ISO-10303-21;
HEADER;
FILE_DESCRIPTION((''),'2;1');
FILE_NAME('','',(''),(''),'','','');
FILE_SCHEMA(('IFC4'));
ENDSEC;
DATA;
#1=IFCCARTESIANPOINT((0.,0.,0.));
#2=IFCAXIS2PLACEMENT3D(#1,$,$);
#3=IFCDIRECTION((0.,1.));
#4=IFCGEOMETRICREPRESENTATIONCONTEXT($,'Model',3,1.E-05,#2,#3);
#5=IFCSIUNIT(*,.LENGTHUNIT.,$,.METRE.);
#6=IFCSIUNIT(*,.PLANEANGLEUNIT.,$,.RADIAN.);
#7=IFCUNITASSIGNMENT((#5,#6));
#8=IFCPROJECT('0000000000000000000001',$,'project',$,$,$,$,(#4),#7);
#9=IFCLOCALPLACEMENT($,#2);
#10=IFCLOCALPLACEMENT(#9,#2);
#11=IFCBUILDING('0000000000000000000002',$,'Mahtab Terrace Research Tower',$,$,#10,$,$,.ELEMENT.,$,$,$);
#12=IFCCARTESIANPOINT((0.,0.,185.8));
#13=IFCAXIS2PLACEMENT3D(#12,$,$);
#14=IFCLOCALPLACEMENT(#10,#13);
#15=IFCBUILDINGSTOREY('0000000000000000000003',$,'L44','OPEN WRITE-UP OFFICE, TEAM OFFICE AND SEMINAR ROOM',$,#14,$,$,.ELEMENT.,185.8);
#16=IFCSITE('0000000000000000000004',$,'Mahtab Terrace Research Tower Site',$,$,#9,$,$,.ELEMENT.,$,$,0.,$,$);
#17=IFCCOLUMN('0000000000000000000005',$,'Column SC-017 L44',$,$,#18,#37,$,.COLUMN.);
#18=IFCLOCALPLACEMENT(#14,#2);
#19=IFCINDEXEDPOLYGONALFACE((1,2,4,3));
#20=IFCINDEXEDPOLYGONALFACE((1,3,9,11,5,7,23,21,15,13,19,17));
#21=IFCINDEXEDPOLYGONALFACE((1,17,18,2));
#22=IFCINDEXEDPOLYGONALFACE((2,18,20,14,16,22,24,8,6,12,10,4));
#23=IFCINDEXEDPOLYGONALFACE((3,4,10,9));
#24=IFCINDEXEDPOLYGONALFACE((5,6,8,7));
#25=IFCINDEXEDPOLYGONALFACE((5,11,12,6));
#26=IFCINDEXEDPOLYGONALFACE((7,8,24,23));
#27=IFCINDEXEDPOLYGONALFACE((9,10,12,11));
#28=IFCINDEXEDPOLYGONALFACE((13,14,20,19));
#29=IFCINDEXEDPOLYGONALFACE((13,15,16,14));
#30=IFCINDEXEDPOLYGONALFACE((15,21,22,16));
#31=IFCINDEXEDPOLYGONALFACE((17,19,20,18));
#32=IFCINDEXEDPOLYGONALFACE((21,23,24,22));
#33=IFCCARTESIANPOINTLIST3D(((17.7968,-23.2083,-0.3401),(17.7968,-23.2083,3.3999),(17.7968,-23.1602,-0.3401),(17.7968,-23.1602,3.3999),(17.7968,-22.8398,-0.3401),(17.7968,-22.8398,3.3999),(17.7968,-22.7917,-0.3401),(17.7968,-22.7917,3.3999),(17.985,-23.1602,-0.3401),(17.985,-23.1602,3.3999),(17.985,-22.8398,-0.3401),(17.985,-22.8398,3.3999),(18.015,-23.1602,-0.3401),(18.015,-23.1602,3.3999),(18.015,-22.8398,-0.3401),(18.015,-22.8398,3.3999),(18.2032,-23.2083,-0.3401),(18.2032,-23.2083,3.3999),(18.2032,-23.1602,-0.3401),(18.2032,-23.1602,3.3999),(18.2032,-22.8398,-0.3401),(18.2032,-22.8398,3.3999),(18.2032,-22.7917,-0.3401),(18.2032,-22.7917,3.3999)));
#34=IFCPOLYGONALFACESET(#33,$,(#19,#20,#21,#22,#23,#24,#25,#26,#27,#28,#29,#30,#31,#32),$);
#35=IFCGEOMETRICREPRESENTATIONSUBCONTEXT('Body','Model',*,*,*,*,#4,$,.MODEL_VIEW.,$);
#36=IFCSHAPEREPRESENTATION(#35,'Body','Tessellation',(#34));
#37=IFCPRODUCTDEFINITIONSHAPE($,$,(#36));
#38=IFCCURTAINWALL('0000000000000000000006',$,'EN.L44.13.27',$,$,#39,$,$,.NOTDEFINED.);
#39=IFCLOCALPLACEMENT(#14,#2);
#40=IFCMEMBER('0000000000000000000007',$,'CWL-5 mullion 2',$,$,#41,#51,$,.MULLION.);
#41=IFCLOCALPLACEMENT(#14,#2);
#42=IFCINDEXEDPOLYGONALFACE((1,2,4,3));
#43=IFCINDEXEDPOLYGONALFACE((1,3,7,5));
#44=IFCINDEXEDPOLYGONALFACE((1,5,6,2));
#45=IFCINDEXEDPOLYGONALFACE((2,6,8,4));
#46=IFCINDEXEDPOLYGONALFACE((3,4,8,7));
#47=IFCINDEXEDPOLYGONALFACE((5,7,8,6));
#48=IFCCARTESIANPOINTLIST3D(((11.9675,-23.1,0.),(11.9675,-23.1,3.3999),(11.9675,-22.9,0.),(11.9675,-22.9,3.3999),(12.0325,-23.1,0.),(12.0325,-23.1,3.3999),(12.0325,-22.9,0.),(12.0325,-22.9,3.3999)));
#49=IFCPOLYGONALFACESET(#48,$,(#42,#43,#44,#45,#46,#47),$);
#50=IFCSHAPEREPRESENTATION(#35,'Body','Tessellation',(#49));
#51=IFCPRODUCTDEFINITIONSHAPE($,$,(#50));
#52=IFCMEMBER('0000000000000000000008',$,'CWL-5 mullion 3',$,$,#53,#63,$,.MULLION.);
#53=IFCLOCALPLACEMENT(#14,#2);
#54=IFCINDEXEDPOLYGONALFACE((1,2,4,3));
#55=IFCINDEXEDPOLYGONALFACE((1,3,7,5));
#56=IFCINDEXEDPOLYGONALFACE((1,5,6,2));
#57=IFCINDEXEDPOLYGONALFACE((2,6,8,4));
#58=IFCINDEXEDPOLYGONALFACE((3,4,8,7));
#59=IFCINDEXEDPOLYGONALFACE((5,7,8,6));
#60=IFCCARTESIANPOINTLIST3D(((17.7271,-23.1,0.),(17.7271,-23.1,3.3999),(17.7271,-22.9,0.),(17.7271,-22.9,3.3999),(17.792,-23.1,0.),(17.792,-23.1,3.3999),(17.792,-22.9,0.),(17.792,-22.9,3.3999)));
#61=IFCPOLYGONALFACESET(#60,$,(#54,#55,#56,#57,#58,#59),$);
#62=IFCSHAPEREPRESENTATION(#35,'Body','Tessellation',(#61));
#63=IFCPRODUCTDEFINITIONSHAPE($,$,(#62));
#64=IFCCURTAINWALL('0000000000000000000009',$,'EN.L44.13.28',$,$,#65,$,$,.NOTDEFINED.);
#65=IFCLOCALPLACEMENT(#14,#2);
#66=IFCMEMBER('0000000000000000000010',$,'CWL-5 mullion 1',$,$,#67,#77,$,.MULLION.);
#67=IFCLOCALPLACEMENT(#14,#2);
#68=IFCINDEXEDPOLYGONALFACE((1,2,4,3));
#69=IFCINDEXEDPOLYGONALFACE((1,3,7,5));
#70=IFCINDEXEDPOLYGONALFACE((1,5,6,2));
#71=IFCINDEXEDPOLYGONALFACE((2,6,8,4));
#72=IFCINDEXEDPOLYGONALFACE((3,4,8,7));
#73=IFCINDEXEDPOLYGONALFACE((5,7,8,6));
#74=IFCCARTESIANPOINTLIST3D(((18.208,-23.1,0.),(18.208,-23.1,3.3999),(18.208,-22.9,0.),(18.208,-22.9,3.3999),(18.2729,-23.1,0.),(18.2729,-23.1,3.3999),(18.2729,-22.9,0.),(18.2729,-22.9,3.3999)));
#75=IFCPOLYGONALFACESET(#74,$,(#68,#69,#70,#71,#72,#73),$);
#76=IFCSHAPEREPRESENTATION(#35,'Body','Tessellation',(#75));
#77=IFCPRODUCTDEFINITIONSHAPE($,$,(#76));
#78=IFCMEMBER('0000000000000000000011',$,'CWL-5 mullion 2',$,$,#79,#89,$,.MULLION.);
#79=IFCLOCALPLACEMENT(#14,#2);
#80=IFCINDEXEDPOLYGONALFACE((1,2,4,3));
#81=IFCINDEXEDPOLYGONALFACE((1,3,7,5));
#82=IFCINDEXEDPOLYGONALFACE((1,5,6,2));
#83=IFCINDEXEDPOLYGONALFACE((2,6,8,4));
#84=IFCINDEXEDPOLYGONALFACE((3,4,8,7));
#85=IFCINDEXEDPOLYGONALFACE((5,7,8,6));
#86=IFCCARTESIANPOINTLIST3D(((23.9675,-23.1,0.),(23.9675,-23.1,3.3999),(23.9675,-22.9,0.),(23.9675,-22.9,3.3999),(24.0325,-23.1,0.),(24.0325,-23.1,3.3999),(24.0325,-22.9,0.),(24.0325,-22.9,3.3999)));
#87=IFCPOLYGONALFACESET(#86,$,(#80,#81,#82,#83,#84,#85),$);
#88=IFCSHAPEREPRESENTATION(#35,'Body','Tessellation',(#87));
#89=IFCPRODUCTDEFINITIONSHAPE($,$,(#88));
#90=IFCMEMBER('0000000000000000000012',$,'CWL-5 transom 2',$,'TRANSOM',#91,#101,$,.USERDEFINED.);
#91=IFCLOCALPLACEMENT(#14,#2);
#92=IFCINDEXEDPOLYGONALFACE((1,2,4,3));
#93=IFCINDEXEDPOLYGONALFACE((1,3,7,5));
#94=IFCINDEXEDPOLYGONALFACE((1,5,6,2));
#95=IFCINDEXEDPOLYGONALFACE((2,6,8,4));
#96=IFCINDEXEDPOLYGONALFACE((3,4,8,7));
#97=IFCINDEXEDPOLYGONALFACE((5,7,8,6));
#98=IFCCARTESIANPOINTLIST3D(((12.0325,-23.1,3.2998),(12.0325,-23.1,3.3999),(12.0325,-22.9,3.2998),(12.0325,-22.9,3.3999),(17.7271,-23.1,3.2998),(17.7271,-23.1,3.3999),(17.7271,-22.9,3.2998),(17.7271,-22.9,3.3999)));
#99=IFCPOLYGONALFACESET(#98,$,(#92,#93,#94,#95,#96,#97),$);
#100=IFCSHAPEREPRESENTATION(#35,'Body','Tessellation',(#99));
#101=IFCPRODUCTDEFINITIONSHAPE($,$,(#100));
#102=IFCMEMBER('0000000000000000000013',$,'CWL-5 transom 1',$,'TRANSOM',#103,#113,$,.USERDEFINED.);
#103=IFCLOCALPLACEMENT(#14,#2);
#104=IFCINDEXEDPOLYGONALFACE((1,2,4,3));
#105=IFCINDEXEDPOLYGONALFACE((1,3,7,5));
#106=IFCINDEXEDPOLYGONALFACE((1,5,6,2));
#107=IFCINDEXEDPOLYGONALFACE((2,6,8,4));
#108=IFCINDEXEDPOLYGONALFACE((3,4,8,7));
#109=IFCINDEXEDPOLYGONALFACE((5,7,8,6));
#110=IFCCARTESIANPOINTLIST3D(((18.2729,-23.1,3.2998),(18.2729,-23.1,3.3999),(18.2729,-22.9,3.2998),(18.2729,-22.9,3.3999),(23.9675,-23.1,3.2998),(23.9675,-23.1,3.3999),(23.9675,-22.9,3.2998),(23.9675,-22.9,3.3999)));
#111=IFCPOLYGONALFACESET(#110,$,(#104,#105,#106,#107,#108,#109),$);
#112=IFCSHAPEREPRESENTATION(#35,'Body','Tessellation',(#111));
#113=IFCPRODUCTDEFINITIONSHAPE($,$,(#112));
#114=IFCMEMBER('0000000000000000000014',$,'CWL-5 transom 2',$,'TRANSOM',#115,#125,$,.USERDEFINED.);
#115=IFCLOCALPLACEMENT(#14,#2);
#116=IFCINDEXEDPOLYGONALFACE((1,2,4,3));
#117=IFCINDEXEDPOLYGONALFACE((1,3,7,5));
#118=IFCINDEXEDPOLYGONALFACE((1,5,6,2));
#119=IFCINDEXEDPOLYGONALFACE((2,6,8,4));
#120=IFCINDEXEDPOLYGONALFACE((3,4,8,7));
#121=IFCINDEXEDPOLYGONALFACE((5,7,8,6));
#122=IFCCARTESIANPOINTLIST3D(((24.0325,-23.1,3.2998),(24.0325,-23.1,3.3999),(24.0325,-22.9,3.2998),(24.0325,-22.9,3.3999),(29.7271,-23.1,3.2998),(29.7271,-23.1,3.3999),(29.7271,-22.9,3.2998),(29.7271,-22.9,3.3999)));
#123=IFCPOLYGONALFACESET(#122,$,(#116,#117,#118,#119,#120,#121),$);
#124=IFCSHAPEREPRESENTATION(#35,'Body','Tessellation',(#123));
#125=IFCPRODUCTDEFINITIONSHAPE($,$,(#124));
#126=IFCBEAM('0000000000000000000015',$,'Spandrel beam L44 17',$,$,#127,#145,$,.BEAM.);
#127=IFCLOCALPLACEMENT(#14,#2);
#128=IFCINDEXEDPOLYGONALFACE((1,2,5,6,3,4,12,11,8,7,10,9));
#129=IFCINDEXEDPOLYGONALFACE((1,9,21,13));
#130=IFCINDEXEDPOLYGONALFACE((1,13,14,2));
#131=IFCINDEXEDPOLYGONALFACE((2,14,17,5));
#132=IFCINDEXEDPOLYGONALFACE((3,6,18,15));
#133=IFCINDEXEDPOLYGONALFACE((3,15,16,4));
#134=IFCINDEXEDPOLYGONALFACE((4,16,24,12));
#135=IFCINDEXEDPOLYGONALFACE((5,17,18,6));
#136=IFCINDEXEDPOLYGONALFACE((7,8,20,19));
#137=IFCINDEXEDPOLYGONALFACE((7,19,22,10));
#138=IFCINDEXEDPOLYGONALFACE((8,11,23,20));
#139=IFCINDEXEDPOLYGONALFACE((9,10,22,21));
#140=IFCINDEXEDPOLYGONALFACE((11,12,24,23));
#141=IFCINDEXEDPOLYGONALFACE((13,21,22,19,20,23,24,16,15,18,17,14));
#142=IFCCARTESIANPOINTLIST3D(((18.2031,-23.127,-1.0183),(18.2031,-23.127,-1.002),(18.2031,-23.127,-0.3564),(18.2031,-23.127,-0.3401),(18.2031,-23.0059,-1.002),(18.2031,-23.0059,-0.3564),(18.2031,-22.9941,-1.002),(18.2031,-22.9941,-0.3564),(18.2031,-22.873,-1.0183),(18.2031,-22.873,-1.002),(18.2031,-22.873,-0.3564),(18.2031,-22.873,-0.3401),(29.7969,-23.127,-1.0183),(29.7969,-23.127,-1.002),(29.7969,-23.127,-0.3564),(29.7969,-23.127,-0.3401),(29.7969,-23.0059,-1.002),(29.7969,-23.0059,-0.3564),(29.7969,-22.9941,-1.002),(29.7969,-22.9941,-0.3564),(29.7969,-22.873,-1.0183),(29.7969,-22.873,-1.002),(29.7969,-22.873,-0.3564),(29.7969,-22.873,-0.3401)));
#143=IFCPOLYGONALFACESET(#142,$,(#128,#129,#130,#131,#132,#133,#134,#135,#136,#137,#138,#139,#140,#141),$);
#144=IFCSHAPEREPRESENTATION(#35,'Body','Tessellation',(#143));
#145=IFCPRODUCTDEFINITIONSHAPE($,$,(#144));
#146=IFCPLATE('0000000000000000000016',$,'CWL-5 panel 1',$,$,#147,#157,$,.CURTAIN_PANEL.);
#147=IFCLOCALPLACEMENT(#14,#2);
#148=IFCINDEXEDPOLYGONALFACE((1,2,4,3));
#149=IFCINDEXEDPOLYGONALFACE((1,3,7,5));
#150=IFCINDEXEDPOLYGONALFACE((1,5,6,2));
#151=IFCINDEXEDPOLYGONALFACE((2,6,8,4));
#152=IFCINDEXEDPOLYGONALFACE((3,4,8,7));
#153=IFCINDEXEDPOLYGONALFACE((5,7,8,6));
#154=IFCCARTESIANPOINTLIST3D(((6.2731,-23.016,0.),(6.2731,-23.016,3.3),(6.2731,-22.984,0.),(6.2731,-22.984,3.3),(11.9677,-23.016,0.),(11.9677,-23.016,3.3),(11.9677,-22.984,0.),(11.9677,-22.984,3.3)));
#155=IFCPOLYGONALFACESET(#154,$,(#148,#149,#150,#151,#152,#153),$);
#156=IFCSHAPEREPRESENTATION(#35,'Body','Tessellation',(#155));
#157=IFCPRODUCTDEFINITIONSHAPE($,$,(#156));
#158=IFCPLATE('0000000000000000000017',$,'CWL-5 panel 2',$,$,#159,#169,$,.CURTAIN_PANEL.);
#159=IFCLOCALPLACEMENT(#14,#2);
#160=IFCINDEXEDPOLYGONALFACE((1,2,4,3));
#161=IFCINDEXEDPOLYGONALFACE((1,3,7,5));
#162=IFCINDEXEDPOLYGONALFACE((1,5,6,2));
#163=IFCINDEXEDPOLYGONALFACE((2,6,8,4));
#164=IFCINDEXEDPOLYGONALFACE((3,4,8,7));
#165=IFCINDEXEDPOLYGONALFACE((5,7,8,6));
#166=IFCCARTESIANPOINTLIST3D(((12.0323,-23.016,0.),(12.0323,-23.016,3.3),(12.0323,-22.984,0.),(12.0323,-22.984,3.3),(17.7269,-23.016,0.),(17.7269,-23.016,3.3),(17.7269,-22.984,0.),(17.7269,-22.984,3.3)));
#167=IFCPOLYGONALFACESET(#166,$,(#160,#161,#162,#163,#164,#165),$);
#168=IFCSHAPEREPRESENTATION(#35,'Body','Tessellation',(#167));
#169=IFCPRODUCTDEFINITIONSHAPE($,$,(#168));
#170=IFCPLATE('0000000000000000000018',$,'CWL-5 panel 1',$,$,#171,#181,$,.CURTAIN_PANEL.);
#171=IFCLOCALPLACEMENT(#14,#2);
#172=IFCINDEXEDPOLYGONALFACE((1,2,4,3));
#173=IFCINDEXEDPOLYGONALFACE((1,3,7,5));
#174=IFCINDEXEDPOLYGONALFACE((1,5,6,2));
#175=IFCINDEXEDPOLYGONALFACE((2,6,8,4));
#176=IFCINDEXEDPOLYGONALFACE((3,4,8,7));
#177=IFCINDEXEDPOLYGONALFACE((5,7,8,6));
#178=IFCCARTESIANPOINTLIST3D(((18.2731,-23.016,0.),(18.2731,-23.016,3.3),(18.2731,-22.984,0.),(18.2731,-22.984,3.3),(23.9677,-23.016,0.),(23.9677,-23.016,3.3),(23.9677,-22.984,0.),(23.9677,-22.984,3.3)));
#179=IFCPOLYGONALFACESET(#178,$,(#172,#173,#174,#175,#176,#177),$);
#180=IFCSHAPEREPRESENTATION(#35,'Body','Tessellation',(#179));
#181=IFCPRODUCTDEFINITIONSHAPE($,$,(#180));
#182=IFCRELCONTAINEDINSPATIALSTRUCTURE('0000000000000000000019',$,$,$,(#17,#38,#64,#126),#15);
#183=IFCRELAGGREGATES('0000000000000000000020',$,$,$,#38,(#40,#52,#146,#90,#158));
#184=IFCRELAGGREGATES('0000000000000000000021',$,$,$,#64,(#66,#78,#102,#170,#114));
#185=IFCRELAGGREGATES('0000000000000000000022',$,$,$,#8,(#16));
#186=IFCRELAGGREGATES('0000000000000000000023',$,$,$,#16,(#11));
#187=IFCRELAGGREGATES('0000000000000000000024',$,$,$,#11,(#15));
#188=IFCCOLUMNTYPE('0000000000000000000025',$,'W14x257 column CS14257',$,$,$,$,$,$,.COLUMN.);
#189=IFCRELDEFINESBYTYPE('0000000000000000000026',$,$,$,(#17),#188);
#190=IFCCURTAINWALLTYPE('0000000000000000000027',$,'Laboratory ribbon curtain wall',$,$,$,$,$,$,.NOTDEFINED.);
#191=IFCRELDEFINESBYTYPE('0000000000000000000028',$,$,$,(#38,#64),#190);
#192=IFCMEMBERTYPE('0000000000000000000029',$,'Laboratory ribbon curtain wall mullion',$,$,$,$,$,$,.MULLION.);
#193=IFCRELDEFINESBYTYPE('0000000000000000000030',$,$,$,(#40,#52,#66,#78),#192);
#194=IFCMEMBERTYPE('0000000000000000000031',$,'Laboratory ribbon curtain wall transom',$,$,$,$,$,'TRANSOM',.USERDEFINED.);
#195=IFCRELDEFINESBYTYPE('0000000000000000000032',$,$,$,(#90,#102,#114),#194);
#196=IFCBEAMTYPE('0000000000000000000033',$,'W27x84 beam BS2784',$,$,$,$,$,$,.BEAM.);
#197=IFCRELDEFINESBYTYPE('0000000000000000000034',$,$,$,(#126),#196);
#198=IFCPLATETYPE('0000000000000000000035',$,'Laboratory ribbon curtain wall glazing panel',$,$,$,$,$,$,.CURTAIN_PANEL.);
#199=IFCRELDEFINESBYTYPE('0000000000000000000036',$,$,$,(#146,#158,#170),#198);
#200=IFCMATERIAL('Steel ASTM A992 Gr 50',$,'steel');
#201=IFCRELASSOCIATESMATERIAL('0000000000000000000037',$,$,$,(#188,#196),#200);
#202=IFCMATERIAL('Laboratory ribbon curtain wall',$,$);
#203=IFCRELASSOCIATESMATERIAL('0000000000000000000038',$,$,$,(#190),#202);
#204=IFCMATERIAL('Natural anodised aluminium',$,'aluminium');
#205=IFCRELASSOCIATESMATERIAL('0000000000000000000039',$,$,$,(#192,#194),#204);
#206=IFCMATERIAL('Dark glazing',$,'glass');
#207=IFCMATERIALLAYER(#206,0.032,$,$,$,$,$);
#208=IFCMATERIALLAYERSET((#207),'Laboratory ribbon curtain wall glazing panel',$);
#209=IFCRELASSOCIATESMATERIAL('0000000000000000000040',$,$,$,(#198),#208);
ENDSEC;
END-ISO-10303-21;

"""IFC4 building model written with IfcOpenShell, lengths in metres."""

from ifc_helpers import new_model, si_unit, direction, frame, origin, origin_2d, place, context, subcontext, project, spatial, rectangle, i_section, extrude, material, layer, layer_set, material_profile, profile_set, type_object, element, aggregate, save


model = new_model("IFC4")

# Units and contexts
model_context = context("Model", 3, precision=1e-05, world=origin(), true_north=direction((0.0, 1.0)))
body_context = subcontext(model_context, "Body", "Model", "MODEL_VIEW")
ifc_project = project(units=[si_unit("LENGTHUNIT", "METRE"), si_unit("PLANEANGLEUNIT", "RADIAN")], contexts=[model_context])

# Site, building, storey
site_placement = place(None, origin())
site = spatial("IfcSite", under=ifc_project, at=site_placement, Name="Mahtab Terrace Research Tower Site", CompositionType="ELEMENT", RefElevation=0.0)
building_placement = place(site_placement, origin())
building = spatial("IfcBuilding", under=site, at=building_placement, Name="Mahtab Terrace Research Tower", CompositionType="ELEMENT")
storey_placement = place(building_placement, frame((0.0, 0.0, 185.8)))
storey = spatial("IfcBuildingStorey", under=building, at=storey_placement, Name="L44", Description="OPEN WRITE-UP OFFICE, TEAM OFFICE AND SEMINAR ROOM", CompositionType="ELEMENT", Elevation=185.8)

# Column
ifc_material_1 = material(Name="Steel ASTM A992 Gr 50", Category="steel")
ifc_material_profile_1 = material_profile(ifc_material_1, i_section(OverallWidth=0.4065, OverallDepth=0.4165, WebThickness=0.03, FlangeThickness=0.0481, at=origin_2d()), Name="W14X257")
ifc_profile_set_1 = profile_set([ifc_material_profile_1], Name="Steel ASTM A992 Gr 50")
column_type = type_object("IfcColumnType", Name="W14x257 column CS14257", PredefinedType="COLUMN", material=ifc_profile_set_1)
column_placement = place(storey_placement, frame((18.0, -23.0, -0.3401), z_axis=(0.0, 0.0, 1.0), x_axis=(1.0, 0.0, 0.0)))
element("IfcColumn", 1, at=column_placement, inside=storey, type_object=column_type, Name="Column SC-017 L44", PredefinedType="COLUMN", context=body_context, shape_type="SweptSolid", body=[
    extrude(i_section(OverallWidth=0.4065, OverallDepth=0.4165, WebThickness=0.03, FlangeThickness=0.0481, at=origin_2d()), origin(), (0.0, 0.0, 1.0), 3.74),
])

# Curtain walls, members
ifc_material_2 = material(Name="Laboratory ribbon curtain wall")
curtain_wall_type = type_object("IfcCurtainWallType", Name="Laboratory ribbon curtain wall", PredefinedType="NOTDEFINED", material=ifc_material_2)
curtain_wall_1_placement = place(storey_placement, origin())
curtain_wall_1 = element("IfcCurtainWall", 2, at=curtain_wall_1_placement, inside=storey, type_object=curtain_wall_type, Name="EN.L44.13.27", PredefinedType="NOTDEFINED")
ifc_material_3 = material(Name="Natural anodised aluminium", Category="aluminium")
ifc_material_profile_2 = material_profile(ifc_material_3, rectangle(XDim=0.2, YDim=0.0649, at=origin_2d()), Name="MULLION 65x200")
ifc_profile_set_2 = profile_set([ifc_material_profile_2], Name="Natural anodised aluminium")
member_type_1 = type_object("IfcMemberType", Name="Laboratory ribbon curtain wall mullion", PredefinedType="MULLION", material=ifc_profile_set_2)
member_1_placement = place(storey_placement, frame((12.0, -23.0, 0.0), z_axis=(0.0, 0.0, 1.0), x_axis=(0.0, 1.0, 0.0)))
member_1 = element("IfcMember", 3, at=member_1_placement, type_object=member_type_1, Name="CWL-5 mullion 2", PredefinedType="MULLION", context=body_context, shape_type="SweptSolid", body=[
    extrude(rectangle(XDim=0.2, YDim=0.0649, at=origin_2d()), origin(), (0.0, 0.0, 1.0), 3.3999),
])
member_2_placement = place(storey_placement, frame((17.7595, -23.0, 0.0), z_axis=(0.0, 0.0, 1.0), x_axis=(0.0, 1.0, 0.0)))
member_2 = element("IfcMember", 4, at=member_2_placement, type_object=member_type_1, Name="CWL-5 mullion 3", PredefinedType="MULLION", context=body_context, shape_type="SweptSolid", body=[
    extrude(rectangle(XDim=0.2, YDim=0.0649, at=origin_2d()), origin(), (0.0, 0.0, 1.0), 3.3999),
])
curtain_wall_2_placement = place(storey_placement, origin())
curtain_wall_2 = element("IfcCurtainWall", 5, at=curtain_wall_2_placement, inside=storey, type_object=curtain_wall_type, Name="EN.L44.13.28", PredefinedType="NOTDEFINED")
member_3_placement = place(storey_placement, frame((18.2405, -23.0, 0.0), z_axis=(0.0, 0.0, 1.0), x_axis=(0.0, 1.0, 0.0)))
member_3 = element("IfcMember", 6, at=member_3_placement, type_object=member_type_1, Name="CWL-5 mullion 1", PredefinedType="MULLION", context=body_context, shape_type="SweptSolid", body=[
    extrude(rectangle(XDim=0.2, YDim=0.0649, at=origin_2d()), origin(), (0.0, 0.0, 1.0), 3.3999),
])
member_4_placement = place(storey_placement, frame((24.0, -23.0, 0.0), z_axis=(0.0, 0.0, 1.0), x_axis=(0.0, 1.0, 0.0)))
member_4 = element("IfcMember", 7, at=member_4_placement, type_object=member_type_1, Name="CWL-5 mullion 2", PredefinedType="MULLION", context=body_context, shape_type="SweptSolid", body=[
    extrude(rectangle(XDim=0.2, YDim=0.0649, at=origin_2d()), origin(), (0.0, 0.0, 1.0), 3.3999),
])

# Members
ifc_material_profile_3 = material_profile(ifc_material_3, rectangle(XDim=0.2, YDim=0.1001, at=origin_2d()), Name="TRANSOM 100x200")
ifc_profile_set_3 = profile_set([ifc_material_profile_3], Name="Natural anodised aluminium")
member_type_2 = type_object("IfcMemberType", Name="Laboratory ribbon curtain wall transom", ElementType="TRANSOM", PredefinedType="USERDEFINED", material=ifc_profile_set_3)
member_5_placement = place(storey_placement, frame((12.0325, -23.0, 3.3499), z_axis=(1.0, 0.0, 0.0), x_axis=(0.0, 1.0, 0.0)))
member_5 = element("IfcMember", 8, at=member_5_placement, type_object=member_type_2, Name="CWL-5 transom 2", ObjectType="TRANSOM", PredefinedType="USERDEFINED", context=body_context, shape_type="SweptSolid", body=[
    extrude(rectangle(XDim=0.2, YDim=0.1001, at=origin_2d()), origin(), (0.0, 0.0, 1.0), 5.6946),
])
member_6_placement = place(storey_placement, frame((18.2729, -23.0, 3.3499), z_axis=(1.0, 0.0, 0.0), x_axis=(0.0, 1.0, 0.0)))
member_6 = element("IfcMember", 9, at=member_6_placement, type_object=member_type_2, Name="CWL-5 transom 1", ObjectType="TRANSOM", PredefinedType="USERDEFINED", context=body_context, shape_type="SweptSolid", body=[
    extrude(rectangle(XDim=0.2, YDim=0.1001, at=origin_2d()), origin(), (0.0, 0.0, 1.0), 5.6946),
])
member_7_placement = place(storey_placement, frame((24.0325, -23.0, 3.3499), z_axis=(1.0, 0.0, 0.0), x_axis=(0.0, 1.0, 0.0)))
member_7 = element("IfcMember", 10, at=member_7_placement, type_object=member_type_2, Name="CWL-5 transom 2", ObjectType="TRANSOM", PredefinedType="USERDEFINED", context=body_context, shape_type="SweptSolid", body=[
    extrude(rectangle(XDim=0.2, YDim=0.1001, at=origin_2d()), origin(), (0.0, 0.0, 1.0), 5.6946),
])

# Beam
ifc_material_profile_4 = material_profile(ifc_material_1, i_section(OverallWidth=0.2539, OverallDepth=0.6782, WebThickness=0.0117, FlangeThickness=0.0164, at=origin_2d()), Name="W27X84")
ifc_profile_set_4 = profile_set([ifc_material_profile_4], Name="Steel ASTM A992 Gr 50")
beam_type = type_object("IfcBeamType", Name="W27x84 beam BS2784", PredefinedType="BEAM", material=ifc_profile_set_4)
beam_placement = place(storey_placement, frame((18.2031, -23.0, -0.6792), z_axis=(1.0, 0.0, 0.0), x_axis=(0.0, 1.0, 0.0)))
element("IfcBeam", 11, at=beam_placement, inside=storey, type_object=beam_type, Name="Spandrel beam L44 17", PredefinedType="BEAM", context=body_context, shape_type="SweptSolid", body=[
    extrude(i_section(OverallWidth=0.2539, OverallDepth=0.6782, WebThickness=0.0117, FlangeThickness=0.0164, at=origin_2d()), origin(), (0.0, 0.0, 1.0), 11.5938),
])

# Plates
ifc_material_4 = material(Name="Dark glazing", Category="glass")
ifc_layer = layer(ifc_material_4, 0.032)
ifc_layer_set = layer_set([ifc_layer], Name="Laboratory ribbon curtain wall glazing panel")
plate_type = type_object("IfcPlateType", Name="Laboratory ribbon curtain wall glazing panel", PredefinedType="CURTAIN_PANEL", material=ifc_layer_set)
plate_1_placement = place(storey_placement, frame((9.1204, -23.0, 0.0), z_axis=(0.0, 0.0, 1.0), x_axis=(1.0, 0.0, 0.0)))
plate_1 = element("IfcPlate", 12, at=plate_1_placement, type_object=plate_type, Name="CWL-5 panel 1", PredefinedType="CURTAIN_PANEL", context=body_context, shape_type="SweptSolid", body=[
    extrude(rectangle(XDim=5.6946, YDim=0.032, at=origin_2d()), origin(), (0.0, 0.0, 1.0), 3.3),
])
plate_2_placement = place(storey_placement, frame((14.8796, -23.0, 0.0), z_axis=(0.0, 0.0, 1.0), x_axis=(1.0, 0.0, 0.0)))
plate_2 = element("IfcPlate", 13, at=plate_2_placement, type_object=plate_type, Name="CWL-5 panel 2", PredefinedType="CURTAIN_PANEL", context=body_context, shape_type="SweptSolid", body=[
    extrude(rectangle(XDim=5.6946, YDim=0.032, at=origin_2d()), origin(), (0.0, 0.0, 1.0), 3.3),
])
aggregate(curtain_wall_1, [member_1, member_2, plate_1, member_5, plate_2])
plate_3_placement = place(storey_placement, frame((21.1204, -23.0, 0.0), z_axis=(0.0, 0.0, 1.0), x_axis=(1.0, 0.0, 0.0)))
plate_3 = element("IfcPlate", 14, at=plate_3_placement, type_object=plate_type, Name="CWL-5 panel 1", PredefinedType="CURTAIN_PANEL", context=body_context, shape_type="SweptSolid", body=[
    extrude(rectangle(XDim=5.6946, YDim=0.032, at=origin_2d()), origin(), (0.0, 0.0, 1.0), 3.3),
])
aggregate(curtain_wall_2, [member_3, member_4, member_6, plate_3, member_7])

save(model, "model.ifc")
